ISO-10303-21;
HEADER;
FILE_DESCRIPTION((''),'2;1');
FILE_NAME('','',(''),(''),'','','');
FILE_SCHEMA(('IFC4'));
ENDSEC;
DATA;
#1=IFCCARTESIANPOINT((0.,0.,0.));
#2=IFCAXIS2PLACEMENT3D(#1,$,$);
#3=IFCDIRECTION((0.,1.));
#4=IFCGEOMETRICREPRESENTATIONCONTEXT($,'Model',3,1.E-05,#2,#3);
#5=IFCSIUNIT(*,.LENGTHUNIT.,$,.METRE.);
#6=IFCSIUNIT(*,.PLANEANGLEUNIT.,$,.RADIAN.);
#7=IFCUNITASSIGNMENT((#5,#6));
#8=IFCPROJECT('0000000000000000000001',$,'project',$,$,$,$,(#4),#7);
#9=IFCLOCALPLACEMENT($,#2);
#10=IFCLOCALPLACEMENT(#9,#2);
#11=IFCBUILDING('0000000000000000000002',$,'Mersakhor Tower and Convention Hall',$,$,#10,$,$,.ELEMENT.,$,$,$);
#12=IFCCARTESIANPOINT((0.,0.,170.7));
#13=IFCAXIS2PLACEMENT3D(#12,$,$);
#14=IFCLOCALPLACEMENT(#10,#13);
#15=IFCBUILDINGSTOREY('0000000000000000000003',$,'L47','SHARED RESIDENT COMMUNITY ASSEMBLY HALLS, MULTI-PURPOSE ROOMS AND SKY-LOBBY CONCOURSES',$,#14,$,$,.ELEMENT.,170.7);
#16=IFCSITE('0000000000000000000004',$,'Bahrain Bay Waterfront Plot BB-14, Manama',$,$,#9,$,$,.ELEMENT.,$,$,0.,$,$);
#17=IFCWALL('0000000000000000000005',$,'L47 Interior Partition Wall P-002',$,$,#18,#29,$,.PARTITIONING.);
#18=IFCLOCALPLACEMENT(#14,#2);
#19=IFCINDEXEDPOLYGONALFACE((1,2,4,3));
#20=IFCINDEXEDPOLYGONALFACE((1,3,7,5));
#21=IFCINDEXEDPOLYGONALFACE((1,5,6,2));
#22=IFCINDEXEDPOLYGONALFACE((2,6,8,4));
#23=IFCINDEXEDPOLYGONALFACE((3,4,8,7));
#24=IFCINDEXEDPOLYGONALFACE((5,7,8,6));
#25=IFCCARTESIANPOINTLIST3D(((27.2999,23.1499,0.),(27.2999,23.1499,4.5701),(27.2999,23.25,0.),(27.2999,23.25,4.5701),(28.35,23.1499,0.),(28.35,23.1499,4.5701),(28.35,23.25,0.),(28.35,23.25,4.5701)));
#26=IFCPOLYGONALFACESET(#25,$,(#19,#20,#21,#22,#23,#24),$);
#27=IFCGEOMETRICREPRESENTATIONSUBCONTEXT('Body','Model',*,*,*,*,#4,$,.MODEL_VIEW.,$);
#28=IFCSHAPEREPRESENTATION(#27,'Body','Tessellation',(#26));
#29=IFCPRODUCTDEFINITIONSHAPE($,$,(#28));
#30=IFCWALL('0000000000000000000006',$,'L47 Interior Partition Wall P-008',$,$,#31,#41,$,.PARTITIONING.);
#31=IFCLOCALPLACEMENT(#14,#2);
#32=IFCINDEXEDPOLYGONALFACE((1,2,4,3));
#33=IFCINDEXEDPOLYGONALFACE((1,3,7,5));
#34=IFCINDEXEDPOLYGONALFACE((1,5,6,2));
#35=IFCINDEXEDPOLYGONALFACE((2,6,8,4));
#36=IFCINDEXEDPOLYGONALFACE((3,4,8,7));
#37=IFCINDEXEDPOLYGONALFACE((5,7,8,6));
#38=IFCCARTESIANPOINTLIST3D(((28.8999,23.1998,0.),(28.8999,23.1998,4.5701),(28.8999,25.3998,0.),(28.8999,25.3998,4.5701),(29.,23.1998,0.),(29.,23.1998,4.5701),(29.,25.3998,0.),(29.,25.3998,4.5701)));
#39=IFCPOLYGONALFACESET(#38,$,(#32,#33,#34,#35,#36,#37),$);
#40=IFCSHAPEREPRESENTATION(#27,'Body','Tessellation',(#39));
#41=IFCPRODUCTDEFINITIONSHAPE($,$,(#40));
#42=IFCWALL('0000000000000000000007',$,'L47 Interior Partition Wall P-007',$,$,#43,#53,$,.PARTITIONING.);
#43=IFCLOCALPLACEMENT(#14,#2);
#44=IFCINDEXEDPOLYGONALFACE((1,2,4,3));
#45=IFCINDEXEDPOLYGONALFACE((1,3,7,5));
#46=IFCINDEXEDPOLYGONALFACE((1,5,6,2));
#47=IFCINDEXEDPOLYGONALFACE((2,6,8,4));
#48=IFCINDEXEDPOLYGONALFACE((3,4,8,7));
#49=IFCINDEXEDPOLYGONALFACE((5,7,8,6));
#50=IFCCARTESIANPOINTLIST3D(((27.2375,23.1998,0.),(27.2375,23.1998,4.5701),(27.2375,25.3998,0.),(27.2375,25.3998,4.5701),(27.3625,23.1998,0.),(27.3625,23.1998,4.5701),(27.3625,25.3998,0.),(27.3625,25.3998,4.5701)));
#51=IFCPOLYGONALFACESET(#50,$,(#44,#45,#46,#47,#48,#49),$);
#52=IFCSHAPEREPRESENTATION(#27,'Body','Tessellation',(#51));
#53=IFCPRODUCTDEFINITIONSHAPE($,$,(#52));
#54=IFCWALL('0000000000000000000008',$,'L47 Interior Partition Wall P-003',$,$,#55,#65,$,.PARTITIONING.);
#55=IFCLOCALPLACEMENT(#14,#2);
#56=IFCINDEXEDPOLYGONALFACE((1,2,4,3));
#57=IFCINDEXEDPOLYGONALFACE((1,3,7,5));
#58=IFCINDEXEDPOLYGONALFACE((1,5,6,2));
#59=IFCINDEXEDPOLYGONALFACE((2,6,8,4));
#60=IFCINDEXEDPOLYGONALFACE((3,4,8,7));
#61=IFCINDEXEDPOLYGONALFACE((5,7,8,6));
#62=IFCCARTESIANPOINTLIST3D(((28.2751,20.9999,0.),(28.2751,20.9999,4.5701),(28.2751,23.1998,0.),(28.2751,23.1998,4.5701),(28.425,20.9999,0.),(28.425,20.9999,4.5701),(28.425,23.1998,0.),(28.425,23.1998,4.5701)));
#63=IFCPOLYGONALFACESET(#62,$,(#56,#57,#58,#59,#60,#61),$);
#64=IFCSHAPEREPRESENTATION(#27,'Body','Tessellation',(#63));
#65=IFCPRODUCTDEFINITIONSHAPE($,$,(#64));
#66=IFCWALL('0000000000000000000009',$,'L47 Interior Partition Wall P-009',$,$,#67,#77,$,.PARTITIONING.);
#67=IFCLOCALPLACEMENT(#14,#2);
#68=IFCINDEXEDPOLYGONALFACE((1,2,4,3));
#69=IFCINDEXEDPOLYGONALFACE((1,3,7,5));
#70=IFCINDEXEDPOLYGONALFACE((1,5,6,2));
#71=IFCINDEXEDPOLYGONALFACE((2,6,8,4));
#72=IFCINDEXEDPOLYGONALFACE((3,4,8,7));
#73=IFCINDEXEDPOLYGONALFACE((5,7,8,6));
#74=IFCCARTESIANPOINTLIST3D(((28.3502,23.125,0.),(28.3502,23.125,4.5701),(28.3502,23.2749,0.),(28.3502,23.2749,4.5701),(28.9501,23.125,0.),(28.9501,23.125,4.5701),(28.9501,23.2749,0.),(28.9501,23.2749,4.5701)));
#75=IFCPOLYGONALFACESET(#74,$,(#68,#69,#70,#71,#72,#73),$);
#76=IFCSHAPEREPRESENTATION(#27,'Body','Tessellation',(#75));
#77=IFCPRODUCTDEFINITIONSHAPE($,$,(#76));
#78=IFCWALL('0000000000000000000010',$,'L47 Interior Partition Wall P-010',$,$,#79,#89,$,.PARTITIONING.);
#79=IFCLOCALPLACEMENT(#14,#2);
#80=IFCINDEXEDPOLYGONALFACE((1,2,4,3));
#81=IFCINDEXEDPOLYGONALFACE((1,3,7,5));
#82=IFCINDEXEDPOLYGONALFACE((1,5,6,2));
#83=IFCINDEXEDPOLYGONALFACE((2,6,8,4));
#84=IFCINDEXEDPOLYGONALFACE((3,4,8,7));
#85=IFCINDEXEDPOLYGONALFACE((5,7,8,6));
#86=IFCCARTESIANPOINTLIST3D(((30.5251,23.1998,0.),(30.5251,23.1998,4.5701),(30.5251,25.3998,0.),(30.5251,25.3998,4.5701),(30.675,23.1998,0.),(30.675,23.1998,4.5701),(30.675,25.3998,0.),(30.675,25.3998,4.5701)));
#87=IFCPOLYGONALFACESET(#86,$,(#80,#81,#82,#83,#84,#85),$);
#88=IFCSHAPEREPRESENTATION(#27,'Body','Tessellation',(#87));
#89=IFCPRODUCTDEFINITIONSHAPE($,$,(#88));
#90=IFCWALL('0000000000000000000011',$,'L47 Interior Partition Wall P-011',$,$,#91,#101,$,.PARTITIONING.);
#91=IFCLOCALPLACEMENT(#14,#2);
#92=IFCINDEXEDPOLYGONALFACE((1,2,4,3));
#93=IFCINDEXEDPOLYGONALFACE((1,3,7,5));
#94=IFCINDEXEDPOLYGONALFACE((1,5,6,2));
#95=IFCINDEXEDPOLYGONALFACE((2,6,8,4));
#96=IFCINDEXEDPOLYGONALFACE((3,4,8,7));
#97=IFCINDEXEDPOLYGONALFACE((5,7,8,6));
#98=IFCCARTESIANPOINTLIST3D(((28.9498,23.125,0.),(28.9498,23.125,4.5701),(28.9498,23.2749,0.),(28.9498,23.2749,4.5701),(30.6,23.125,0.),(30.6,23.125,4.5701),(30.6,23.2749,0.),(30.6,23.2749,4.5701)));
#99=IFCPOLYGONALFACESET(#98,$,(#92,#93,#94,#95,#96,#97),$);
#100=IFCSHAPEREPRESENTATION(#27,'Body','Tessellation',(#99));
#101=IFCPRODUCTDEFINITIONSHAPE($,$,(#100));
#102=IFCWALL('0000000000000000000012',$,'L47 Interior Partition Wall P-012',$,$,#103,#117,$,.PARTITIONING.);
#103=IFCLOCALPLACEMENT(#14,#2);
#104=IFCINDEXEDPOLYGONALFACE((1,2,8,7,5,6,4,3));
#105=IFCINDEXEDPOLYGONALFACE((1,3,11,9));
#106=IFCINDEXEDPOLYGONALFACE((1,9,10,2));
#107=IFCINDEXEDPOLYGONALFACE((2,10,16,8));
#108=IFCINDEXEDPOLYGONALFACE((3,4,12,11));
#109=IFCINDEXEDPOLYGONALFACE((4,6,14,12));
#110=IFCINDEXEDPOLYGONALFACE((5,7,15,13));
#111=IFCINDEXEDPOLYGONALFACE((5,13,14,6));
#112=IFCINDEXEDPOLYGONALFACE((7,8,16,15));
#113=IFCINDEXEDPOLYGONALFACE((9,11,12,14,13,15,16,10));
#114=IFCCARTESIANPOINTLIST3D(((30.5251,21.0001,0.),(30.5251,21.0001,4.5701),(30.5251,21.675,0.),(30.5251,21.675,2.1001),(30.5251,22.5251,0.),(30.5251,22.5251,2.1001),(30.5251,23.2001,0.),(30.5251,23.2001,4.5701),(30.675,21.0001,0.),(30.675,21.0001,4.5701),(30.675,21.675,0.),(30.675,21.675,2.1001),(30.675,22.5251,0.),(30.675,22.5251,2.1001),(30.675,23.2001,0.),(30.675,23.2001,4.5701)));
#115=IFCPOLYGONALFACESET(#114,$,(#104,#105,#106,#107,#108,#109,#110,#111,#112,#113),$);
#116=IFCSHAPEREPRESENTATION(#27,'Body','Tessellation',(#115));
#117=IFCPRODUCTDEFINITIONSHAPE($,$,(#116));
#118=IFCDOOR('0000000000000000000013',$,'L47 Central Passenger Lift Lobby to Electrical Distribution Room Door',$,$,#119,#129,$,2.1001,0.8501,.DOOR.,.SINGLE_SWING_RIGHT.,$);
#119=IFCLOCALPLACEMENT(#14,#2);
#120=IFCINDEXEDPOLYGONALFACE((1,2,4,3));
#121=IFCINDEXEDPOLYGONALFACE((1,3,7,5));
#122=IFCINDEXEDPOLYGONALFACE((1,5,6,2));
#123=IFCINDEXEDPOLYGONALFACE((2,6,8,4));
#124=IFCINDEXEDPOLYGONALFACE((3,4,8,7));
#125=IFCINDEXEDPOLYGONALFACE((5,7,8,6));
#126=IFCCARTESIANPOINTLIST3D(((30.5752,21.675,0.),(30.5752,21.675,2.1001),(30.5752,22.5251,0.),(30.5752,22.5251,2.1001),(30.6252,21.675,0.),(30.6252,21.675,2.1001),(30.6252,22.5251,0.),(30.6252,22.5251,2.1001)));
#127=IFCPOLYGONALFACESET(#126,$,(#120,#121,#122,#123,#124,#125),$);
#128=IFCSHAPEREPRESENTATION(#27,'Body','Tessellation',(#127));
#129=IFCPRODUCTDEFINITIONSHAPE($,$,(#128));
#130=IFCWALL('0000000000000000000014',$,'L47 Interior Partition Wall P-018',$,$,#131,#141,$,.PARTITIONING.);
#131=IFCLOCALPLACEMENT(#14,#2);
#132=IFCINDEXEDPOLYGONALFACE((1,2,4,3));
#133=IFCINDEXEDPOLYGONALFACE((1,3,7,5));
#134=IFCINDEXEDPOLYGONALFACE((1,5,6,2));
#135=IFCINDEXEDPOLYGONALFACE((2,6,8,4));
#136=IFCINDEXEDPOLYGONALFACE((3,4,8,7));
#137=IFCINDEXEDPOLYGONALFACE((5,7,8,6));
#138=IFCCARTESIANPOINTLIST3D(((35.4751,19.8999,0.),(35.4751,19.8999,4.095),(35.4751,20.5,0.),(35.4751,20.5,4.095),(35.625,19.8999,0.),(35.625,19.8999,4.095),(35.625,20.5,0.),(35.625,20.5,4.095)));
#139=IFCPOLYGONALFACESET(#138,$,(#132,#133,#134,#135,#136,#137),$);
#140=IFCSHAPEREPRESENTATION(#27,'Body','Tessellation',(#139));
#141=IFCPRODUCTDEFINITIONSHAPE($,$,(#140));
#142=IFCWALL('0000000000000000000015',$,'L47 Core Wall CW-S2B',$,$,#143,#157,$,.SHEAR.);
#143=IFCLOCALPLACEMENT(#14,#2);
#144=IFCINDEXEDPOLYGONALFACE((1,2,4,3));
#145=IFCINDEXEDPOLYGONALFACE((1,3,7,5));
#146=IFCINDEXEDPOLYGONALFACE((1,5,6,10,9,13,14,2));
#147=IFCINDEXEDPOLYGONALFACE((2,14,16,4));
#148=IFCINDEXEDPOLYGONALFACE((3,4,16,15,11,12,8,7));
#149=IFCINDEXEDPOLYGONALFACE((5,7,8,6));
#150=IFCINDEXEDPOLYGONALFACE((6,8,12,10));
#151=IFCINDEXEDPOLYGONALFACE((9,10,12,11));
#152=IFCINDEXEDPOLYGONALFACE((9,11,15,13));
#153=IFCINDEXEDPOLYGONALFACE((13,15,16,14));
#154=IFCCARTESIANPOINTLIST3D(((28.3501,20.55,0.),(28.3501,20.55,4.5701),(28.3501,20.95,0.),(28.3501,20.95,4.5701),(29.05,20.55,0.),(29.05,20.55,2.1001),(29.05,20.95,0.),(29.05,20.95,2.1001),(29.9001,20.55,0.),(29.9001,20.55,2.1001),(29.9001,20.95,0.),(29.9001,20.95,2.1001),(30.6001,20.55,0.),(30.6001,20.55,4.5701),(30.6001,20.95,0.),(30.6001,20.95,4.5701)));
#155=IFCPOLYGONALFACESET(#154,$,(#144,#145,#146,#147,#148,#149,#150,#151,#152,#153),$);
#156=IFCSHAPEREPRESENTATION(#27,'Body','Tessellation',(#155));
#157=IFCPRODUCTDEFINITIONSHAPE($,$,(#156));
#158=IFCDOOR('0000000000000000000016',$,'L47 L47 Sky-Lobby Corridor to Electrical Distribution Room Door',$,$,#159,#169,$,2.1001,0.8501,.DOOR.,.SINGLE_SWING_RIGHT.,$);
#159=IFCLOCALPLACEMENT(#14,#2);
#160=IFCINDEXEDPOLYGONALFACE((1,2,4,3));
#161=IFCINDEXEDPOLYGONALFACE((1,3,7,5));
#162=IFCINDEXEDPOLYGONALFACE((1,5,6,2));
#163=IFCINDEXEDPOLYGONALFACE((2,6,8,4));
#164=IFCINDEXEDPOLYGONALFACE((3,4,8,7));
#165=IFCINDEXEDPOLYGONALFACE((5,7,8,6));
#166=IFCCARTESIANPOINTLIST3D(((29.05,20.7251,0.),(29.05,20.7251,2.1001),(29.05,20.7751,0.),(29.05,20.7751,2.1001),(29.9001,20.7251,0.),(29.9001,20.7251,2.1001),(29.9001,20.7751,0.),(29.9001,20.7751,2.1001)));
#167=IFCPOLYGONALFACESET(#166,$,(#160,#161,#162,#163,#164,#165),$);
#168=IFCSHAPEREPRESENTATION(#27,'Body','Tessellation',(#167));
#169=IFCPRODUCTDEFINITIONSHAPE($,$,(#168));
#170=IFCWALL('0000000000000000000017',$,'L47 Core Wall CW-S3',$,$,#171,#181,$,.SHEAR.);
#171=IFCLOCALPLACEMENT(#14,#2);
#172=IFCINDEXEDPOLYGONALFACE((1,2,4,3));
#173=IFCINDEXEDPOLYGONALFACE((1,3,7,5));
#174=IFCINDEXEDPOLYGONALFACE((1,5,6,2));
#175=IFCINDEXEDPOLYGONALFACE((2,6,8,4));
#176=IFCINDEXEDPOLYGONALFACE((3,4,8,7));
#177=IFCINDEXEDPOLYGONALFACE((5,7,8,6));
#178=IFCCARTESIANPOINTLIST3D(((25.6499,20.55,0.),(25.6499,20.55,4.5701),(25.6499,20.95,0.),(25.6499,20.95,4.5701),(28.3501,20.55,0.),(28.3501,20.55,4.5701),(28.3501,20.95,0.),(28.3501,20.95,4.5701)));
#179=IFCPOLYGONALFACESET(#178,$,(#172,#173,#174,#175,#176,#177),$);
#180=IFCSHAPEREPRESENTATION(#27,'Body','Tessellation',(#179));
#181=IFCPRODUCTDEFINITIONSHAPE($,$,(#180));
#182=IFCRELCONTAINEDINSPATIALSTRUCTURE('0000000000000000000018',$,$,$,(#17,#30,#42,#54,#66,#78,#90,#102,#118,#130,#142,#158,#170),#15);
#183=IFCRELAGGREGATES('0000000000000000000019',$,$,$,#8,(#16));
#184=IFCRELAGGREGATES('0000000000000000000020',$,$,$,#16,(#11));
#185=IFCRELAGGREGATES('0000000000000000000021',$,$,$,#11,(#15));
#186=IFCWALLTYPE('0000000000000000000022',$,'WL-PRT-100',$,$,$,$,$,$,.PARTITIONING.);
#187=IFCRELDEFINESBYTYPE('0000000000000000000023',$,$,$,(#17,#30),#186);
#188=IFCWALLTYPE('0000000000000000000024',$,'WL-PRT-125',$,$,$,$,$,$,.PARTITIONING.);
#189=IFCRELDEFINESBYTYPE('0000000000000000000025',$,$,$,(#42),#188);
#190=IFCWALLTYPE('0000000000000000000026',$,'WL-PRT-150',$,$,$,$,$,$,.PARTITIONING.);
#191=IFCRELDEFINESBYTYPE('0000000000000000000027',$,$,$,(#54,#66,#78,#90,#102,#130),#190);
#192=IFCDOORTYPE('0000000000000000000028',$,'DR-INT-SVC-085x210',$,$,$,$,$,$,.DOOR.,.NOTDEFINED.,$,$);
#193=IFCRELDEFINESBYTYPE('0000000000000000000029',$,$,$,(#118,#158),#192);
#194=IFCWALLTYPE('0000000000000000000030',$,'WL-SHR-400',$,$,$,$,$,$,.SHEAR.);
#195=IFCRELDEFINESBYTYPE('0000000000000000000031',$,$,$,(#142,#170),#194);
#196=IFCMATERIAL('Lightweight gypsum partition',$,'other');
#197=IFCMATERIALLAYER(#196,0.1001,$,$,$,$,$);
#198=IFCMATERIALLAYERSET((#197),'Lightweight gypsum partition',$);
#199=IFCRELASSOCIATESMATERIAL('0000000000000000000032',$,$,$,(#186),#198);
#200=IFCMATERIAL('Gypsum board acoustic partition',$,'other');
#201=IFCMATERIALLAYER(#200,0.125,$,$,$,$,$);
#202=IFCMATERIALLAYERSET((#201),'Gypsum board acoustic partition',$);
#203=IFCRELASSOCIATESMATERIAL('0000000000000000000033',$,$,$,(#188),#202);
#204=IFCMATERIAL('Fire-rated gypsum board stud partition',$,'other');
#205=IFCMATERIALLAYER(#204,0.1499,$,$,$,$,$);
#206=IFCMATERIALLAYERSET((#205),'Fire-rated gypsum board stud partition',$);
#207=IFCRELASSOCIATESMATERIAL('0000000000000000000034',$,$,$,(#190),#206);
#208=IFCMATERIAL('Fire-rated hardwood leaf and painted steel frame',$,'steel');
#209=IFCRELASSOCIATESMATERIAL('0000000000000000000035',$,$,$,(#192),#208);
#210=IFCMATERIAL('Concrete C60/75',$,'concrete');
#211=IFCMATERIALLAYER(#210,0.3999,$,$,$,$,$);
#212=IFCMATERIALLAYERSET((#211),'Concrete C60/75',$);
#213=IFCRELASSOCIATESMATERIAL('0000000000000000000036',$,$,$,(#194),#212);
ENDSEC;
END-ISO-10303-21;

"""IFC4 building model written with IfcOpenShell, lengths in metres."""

from ifc_helpers import new_model, si_unit, direction, frame, frame_2d, origin, place, context, subcontext, project, spatial, rectangle, extrude, material, layer, layer_set, type_object, element, fill, save


model = new_model("IFC4")

# Units and contexts
model_context = context("Model", 3, precision=1e-05, world=origin(), true_north=direction((0.0, 1.0)))
body_context = subcontext(model_context, "Body", "Model", "MODEL_VIEW")
ifc_project = project(units=[si_unit("LENGTHUNIT", "METRE"), si_unit("PLANEANGLEUNIT", "RADIAN")], contexts=[model_context])

# Site, building, storey
site_placement = place(None, origin())
site = spatial("IfcSite", under=ifc_project, at=site_placement, Name="Bahrain Bay Waterfront Plot BB-14, Manama", CompositionType="ELEMENT", RefElevation=0.0)
building_placement = place(site_placement, origin())
building = spatial("IfcBuilding", under=site, at=building_placement, Name="Mersakhor Tower and Convention Hall", CompositionType="ELEMENT")
storey_placement = place(building_placement, frame((0.0, 0.0, 170.7)))
storey = spatial("IfcBuildingStorey", under=building, at=storey_placement, Name="L47", Description="SHARED RESIDENT COMMUNITY ASSEMBLY HALLS, MULTI-PURPOSE ROOMS AND SKY-LOBBY CONCOURSES", CompositionType="ELEMENT", Elevation=170.7)

# Walls
ifc_material_1 = material(Name="Lightweight gypsum partition", Category="other")
ifc_layer_1 = layer(ifc_material_1, 0.1001)
ifc_layer_set_1 = layer_set([ifc_layer_1], Name="Lightweight gypsum partition")
wall_type_1 = type_object("IfcWallType", Name="WL-PRT-100", PredefinedType="PARTITIONING", material=ifc_layer_set_1)
wall_1_placement = place(storey_placement, frame((27.3, 23.2, 0.0), z_axis=(0.0, 0.0, 1.0), x_axis=(1.0, 0.0, 0.0)))
element("IfcWall", 1, at=wall_1_placement, inside=storey, type_object=wall_type_1, Name="L47 Interior Partition Wall P-002", PredefinedType="PARTITIONING", context=body_context, shape_type="SweptSolid", body=[
    extrude(rectangle(XDim=1.05, YDim=0.1001, at=frame_2d((0.5249, 0.0))), origin(), (0.0, 0.0, 1.0), 4.5701),
])
wall_2_placement = place(storey_placement, frame((28.95, 25.3999, 0.0), z_axis=(0.0, 0.0, 1.0), x_axis=(0.0, -1.0, 0.0)))
element("IfcWall", 2, at=wall_2_placement, inside=storey, type_object=wall_type_1, Name="L47 Interior Partition Wall P-008", PredefinedType="PARTITIONING", context=body_context, shape_type="SweptSolid", body=[
    extrude(rectangle(XDim=2.2, YDim=0.1001, at=frame_2d((1.1001, 0.0))), origin(), (0.0, 0.0, 1.0), 4.5701),
])
ifc_material_2 = material(Name="Gypsum board acoustic partition", Category="other")
ifc_layer_2 = layer(ifc_material_2, 0.125)
ifc_layer_set_2 = layer_set([ifc_layer_2], Name="Gypsum board acoustic partition")
wall_type_2 = type_object("IfcWallType", Name="WL-PRT-125", PredefinedType="PARTITIONING", material=ifc_layer_set_2)
wall_3_placement = place(storey_placement, frame((27.3, 25.3999, 0.0), z_axis=(0.0, 0.0, 1.0), x_axis=(0.0, -1.0, 0.0)))
element("IfcWall", 3, at=wall_3_placement, inside=storey, type_object=wall_type_2, Name="L47 Interior Partition Wall P-007", PredefinedType="PARTITIONING", context=body_context, shape_type="SweptSolid", body=[
    extrude(rectangle(XDim=2.2, YDim=0.125, at=frame_2d((1.1001, 0.0))), origin(), (0.0, 0.0, 1.0), 4.5701),
])
ifc_material_3 = material(Name="Fire-rated gypsum board stud partition", Category="other")
ifc_layer_3 = layer(ifc_material_3, 0.1499)
ifc_layer_set_3 = layer_set([ifc_layer_3], Name="Fire-rated gypsum board stud partition")
wall_type_3 = type_object("IfcWallType", Name="WL-PRT-150", PredefinedType="PARTITIONING", material=ifc_layer_set_3)
wall_4_placement = place(storey_placement, frame((28.3501, 23.2, 0.0), z_axis=(0.0, 0.0, 1.0), x_axis=(0.0, -1.0, 0.0)))
element("IfcWall", 4, at=wall_4_placement, inside=storey, type_object=wall_type_3, Name="L47 Interior Partition Wall P-003", PredefinedType="PARTITIONING", context=body_context, shape_type="SweptSolid", body=[
    extrude(rectangle(XDim=2.2, YDim=0.1499, at=frame_2d((1.1001, 0.0))), origin(), (0.0, 0.0, 1.0), 4.5701),
])
wall_5_placement = place(storey_placement, frame((28.95, 23.2, 0.0), z_axis=(0.0, 0.0, 1.0), x_axis=(-1.0, 0.0, 0.0)))
element("IfcWall", 5, at=wall_5_placement, inside=storey, type_object=wall_type_3, Name="L47 Interior Partition Wall P-009", PredefinedType="PARTITIONING", context=body_context, shape_type="SweptSolid", body=[
    extrude(rectangle(XDim=0.5999, YDim=0.1499, at=frame_2d((0.2998, 0.0))), origin(), (0.0, 0.0, 1.0), 4.5701),
])
wall_6_placement = place(storey_placement, frame((30.6001, 25.3999, 0.0), z_axis=(0.0, 0.0, 1.0), x_axis=(0.0, -1.0, 0.0)))
element("IfcWall", 6, at=wall_6_placement, inside=storey, type_object=wall_type_3, Name="L47 Interior Partition Wall P-010", PredefinedType="PARTITIONING", context=body_context, shape_type="SweptSolid", body=[
    extrude(rectangle(XDim=2.2, YDim=0.1499, at=frame_2d((1.1001, 0.0))), origin(), (0.0, 0.0, 1.0), 4.5701),
])
wall_7_placement = place(storey_placement, frame((30.6001, 23.2, 0.0), z_axis=(0.0, 0.0, 1.0), x_axis=(-1.0, 0.0, 0.0)))
element("IfcWall", 7, at=wall_7_placement, inside=storey, type_object=wall_type_3, Name="L47 Interior Partition Wall P-011", PredefinedType="PARTITIONING", context=body_context, shape_type="SweptSolid", body=[
    extrude(rectangle(XDim=1.6501, YDim=0.1499, at=frame_2d((0.8252, 0.0))), origin(), (0.0, 0.0, 1.0), 4.5701),
])

# Wall, opening, door
wall_8_placement = place(storey_placement, frame((30.6001, 21.0, 0.0), z_axis=(0.0, 0.0, 1.0), x_axis=(0.0, 1.0, 0.0)))
wall_8 = element("IfcWall", 8, at=wall_8_placement, inside=storey, type_object=wall_type_3, Name="L47 Interior Partition Wall P-012", PredefinedType="PARTITIONING", context=body_context, shape_type="SweptSolid", body=[
    extrude(rectangle(XDim=2.2, YDim=0.1499, at=frame_2d((1.1001, 0.0))), origin(), (0.0, 0.0, 1.0), 4.5701),
])
opening_1_placement = place(wall_8_placement, frame((0.675, 0.0, 0.0)))
opening_1 = element("IfcOpeningElement", 9, at=opening_1_placement, cuts=wall_8, PredefinedType="OPENING", context=body_context, shape_type="SweptSolid", body=[
    extrude(rectangle(XDim=0.8501, YDim=2.1001, at=frame_2d((0.425, 1.05))), frame((0.0, 0.085, 0.0), z_axis=(0.0, -1.0, 0.0), x_axis=(1.0, 0.0, 0.0)), (0.0, 0.0, 1.0), 0.1699),
])
ifc_material_4 = material(Name="Fire-rated hardwood leaf and painted steel frame", Category="steel")
door_type_1 = type_object("IfcDoorType", Name="DR-INT-SVC-085x210", OperationType="NOTDEFINED", PredefinedType="DOOR", material=ifc_material_4)
door_1_placement = place(opening_1_placement, origin())
door_1 = element("IfcDoor", 10, at=door_1_placement, inside=storey, type_object=door_type_1, Name="L47 Central Passenger Lift Lobby to Electrical Distribution Room Door", OperationType="SINGLE_SWING_RIGHT", OverallHeight=2.1001, OverallWidth=0.8501, PredefinedType="DOOR", context=body_context, shape_type="SweptSolid", body=[
    extrude(rectangle(XDim=0.8501, YDim=2.1001, at=frame_2d((0.425, 1.05))), frame((0.0, 0.0249, 0.0), z_axis=(0.0, -1.0, 0.0), x_axis=(1.0, 0.0, 0.0)), (0.0, 0.0, 1.0), 0.05),
])
fill(opening_1, door_1)

# Wall
wall_9_placement = place(storey_placement, frame((35.55, 20.5, 0.0), z_axis=(0.0, 0.0, 1.0), x_axis=(0.0, -1.0, 0.0)))
element("IfcWall", 11, at=wall_9_placement, inside=storey, type_object=wall_type_3, Name="L47 Interior Partition Wall P-018", PredefinedType="PARTITIONING", context=body_context, shape_type="SweptSolid", body=[
    extrude(rectangle(XDim=0.6001, YDim=0.1499, at=frame_2d((0.3, 0.0))), origin(), (0.0, 0.0, 1.0), 4.095),
])

# Wall, opening, door
ifc_material_5 = material(Name="Concrete C60/75", Category="concrete")
ifc_layer_4 = layer(ifc_material_5, 0.3999)
ifc_layer_set_4 = layer_set([ifc_layer_4], Name="Concrete C60/75")
wall_type_4 = type_object("IfcWallType", Name="WL-SHR-400", PredefinedType="SHEAR", material=ifc_layer_set_4)
wall_10_placement = place(storey_placement, frame((30.6001, 20.75, 0.0), z_axis=(0.0, 0.0, 1.0), x_axis=(-1.0, 0.0, 0.0)))
wall_10 = element("IfcWall", 12, at=wall_10_placement, inside=storey, type_object=wall_type_4, Name="L47 Core Wall CW-S2B", PredefinedType="SHEAR", context=body_context, shape_type="SweptSolid", body=[
    extrude(rectangle(XDim=2.25, YDim=0.3999, at=frame_2d((1.125, 0.0))), origin(), (0.0, 0.0, 1.0), 4.5701),
])
opening_2_placement = place(wall_10_placement, frame((0.7, 0.0, 0.0)))
opening_2 = element("IfcOpeningElement", 13, at=opening_2_placement, cuts=wall_10, PredefinedType="OPENING", context=body_context, shape_type="SweptSolid", body=[
    extrude(rectangle(XDim=0.8501, YDim=2.1001, at=frame_2d((0.425, 1.05))), frame((0.0, 0.21, 0.0), z_axis=(0.0, -1.0, 0.0), x_axis=(1.0, 0.0, 0.0)), (0.0, 0.0, 1.0), 0.4199),
])
door_2_placement = place(opening_2_placement, origin())
door_2 = element("IfcDoor", 14, at=door_2_placement, inside=storey, type_object=door_type_1, Name="L47 L47 Sky-Lobby Corridor to Electrical Distribution Room Door", OperationType="SINGLE_SWING_RIGHT", OverallHeight=2.1001, OverallWidth=0.8501, PredefinedType="DOOR", context=body_context, shape_type="SweptSolid", body=[
    extrude(rectangle(XDim=0.8501, YDim=2.1001, at=frame_2d((0.425, 1.05))), frame((0.0, 0.0249, 0.0), z_axis=(0.0, -1.0, 0.0), x_axis=(1.0, 0.0, 0.0)), (0.0, 0.0, 1.0), 0.05),
])
fill(opening_2, door_2)

# Wall
wall_11_placement = place(storey_placement, frame((28.3501, 20.75, 0.0), z_axis=(0.0, 0.0, 1.0), x_axis=(-1.0, 0.0, 0.0)))
element("IfcWall", 15, at=wall_11_placement, inside=storey, type_object=wall_type_4, Name="L47 Core Wall CW-S3", PredefinedType="SHEAR", context=body_context, shape_type="SweptSolid", body=[
    extrude(rectangle(XDim=2.7002, YDim=0.3999, at=frame_2d((1.3501, 0.0))), origin(), (0.0, 0.0, 1.0), 4.5701),
])

save(model, "model.ifc")
